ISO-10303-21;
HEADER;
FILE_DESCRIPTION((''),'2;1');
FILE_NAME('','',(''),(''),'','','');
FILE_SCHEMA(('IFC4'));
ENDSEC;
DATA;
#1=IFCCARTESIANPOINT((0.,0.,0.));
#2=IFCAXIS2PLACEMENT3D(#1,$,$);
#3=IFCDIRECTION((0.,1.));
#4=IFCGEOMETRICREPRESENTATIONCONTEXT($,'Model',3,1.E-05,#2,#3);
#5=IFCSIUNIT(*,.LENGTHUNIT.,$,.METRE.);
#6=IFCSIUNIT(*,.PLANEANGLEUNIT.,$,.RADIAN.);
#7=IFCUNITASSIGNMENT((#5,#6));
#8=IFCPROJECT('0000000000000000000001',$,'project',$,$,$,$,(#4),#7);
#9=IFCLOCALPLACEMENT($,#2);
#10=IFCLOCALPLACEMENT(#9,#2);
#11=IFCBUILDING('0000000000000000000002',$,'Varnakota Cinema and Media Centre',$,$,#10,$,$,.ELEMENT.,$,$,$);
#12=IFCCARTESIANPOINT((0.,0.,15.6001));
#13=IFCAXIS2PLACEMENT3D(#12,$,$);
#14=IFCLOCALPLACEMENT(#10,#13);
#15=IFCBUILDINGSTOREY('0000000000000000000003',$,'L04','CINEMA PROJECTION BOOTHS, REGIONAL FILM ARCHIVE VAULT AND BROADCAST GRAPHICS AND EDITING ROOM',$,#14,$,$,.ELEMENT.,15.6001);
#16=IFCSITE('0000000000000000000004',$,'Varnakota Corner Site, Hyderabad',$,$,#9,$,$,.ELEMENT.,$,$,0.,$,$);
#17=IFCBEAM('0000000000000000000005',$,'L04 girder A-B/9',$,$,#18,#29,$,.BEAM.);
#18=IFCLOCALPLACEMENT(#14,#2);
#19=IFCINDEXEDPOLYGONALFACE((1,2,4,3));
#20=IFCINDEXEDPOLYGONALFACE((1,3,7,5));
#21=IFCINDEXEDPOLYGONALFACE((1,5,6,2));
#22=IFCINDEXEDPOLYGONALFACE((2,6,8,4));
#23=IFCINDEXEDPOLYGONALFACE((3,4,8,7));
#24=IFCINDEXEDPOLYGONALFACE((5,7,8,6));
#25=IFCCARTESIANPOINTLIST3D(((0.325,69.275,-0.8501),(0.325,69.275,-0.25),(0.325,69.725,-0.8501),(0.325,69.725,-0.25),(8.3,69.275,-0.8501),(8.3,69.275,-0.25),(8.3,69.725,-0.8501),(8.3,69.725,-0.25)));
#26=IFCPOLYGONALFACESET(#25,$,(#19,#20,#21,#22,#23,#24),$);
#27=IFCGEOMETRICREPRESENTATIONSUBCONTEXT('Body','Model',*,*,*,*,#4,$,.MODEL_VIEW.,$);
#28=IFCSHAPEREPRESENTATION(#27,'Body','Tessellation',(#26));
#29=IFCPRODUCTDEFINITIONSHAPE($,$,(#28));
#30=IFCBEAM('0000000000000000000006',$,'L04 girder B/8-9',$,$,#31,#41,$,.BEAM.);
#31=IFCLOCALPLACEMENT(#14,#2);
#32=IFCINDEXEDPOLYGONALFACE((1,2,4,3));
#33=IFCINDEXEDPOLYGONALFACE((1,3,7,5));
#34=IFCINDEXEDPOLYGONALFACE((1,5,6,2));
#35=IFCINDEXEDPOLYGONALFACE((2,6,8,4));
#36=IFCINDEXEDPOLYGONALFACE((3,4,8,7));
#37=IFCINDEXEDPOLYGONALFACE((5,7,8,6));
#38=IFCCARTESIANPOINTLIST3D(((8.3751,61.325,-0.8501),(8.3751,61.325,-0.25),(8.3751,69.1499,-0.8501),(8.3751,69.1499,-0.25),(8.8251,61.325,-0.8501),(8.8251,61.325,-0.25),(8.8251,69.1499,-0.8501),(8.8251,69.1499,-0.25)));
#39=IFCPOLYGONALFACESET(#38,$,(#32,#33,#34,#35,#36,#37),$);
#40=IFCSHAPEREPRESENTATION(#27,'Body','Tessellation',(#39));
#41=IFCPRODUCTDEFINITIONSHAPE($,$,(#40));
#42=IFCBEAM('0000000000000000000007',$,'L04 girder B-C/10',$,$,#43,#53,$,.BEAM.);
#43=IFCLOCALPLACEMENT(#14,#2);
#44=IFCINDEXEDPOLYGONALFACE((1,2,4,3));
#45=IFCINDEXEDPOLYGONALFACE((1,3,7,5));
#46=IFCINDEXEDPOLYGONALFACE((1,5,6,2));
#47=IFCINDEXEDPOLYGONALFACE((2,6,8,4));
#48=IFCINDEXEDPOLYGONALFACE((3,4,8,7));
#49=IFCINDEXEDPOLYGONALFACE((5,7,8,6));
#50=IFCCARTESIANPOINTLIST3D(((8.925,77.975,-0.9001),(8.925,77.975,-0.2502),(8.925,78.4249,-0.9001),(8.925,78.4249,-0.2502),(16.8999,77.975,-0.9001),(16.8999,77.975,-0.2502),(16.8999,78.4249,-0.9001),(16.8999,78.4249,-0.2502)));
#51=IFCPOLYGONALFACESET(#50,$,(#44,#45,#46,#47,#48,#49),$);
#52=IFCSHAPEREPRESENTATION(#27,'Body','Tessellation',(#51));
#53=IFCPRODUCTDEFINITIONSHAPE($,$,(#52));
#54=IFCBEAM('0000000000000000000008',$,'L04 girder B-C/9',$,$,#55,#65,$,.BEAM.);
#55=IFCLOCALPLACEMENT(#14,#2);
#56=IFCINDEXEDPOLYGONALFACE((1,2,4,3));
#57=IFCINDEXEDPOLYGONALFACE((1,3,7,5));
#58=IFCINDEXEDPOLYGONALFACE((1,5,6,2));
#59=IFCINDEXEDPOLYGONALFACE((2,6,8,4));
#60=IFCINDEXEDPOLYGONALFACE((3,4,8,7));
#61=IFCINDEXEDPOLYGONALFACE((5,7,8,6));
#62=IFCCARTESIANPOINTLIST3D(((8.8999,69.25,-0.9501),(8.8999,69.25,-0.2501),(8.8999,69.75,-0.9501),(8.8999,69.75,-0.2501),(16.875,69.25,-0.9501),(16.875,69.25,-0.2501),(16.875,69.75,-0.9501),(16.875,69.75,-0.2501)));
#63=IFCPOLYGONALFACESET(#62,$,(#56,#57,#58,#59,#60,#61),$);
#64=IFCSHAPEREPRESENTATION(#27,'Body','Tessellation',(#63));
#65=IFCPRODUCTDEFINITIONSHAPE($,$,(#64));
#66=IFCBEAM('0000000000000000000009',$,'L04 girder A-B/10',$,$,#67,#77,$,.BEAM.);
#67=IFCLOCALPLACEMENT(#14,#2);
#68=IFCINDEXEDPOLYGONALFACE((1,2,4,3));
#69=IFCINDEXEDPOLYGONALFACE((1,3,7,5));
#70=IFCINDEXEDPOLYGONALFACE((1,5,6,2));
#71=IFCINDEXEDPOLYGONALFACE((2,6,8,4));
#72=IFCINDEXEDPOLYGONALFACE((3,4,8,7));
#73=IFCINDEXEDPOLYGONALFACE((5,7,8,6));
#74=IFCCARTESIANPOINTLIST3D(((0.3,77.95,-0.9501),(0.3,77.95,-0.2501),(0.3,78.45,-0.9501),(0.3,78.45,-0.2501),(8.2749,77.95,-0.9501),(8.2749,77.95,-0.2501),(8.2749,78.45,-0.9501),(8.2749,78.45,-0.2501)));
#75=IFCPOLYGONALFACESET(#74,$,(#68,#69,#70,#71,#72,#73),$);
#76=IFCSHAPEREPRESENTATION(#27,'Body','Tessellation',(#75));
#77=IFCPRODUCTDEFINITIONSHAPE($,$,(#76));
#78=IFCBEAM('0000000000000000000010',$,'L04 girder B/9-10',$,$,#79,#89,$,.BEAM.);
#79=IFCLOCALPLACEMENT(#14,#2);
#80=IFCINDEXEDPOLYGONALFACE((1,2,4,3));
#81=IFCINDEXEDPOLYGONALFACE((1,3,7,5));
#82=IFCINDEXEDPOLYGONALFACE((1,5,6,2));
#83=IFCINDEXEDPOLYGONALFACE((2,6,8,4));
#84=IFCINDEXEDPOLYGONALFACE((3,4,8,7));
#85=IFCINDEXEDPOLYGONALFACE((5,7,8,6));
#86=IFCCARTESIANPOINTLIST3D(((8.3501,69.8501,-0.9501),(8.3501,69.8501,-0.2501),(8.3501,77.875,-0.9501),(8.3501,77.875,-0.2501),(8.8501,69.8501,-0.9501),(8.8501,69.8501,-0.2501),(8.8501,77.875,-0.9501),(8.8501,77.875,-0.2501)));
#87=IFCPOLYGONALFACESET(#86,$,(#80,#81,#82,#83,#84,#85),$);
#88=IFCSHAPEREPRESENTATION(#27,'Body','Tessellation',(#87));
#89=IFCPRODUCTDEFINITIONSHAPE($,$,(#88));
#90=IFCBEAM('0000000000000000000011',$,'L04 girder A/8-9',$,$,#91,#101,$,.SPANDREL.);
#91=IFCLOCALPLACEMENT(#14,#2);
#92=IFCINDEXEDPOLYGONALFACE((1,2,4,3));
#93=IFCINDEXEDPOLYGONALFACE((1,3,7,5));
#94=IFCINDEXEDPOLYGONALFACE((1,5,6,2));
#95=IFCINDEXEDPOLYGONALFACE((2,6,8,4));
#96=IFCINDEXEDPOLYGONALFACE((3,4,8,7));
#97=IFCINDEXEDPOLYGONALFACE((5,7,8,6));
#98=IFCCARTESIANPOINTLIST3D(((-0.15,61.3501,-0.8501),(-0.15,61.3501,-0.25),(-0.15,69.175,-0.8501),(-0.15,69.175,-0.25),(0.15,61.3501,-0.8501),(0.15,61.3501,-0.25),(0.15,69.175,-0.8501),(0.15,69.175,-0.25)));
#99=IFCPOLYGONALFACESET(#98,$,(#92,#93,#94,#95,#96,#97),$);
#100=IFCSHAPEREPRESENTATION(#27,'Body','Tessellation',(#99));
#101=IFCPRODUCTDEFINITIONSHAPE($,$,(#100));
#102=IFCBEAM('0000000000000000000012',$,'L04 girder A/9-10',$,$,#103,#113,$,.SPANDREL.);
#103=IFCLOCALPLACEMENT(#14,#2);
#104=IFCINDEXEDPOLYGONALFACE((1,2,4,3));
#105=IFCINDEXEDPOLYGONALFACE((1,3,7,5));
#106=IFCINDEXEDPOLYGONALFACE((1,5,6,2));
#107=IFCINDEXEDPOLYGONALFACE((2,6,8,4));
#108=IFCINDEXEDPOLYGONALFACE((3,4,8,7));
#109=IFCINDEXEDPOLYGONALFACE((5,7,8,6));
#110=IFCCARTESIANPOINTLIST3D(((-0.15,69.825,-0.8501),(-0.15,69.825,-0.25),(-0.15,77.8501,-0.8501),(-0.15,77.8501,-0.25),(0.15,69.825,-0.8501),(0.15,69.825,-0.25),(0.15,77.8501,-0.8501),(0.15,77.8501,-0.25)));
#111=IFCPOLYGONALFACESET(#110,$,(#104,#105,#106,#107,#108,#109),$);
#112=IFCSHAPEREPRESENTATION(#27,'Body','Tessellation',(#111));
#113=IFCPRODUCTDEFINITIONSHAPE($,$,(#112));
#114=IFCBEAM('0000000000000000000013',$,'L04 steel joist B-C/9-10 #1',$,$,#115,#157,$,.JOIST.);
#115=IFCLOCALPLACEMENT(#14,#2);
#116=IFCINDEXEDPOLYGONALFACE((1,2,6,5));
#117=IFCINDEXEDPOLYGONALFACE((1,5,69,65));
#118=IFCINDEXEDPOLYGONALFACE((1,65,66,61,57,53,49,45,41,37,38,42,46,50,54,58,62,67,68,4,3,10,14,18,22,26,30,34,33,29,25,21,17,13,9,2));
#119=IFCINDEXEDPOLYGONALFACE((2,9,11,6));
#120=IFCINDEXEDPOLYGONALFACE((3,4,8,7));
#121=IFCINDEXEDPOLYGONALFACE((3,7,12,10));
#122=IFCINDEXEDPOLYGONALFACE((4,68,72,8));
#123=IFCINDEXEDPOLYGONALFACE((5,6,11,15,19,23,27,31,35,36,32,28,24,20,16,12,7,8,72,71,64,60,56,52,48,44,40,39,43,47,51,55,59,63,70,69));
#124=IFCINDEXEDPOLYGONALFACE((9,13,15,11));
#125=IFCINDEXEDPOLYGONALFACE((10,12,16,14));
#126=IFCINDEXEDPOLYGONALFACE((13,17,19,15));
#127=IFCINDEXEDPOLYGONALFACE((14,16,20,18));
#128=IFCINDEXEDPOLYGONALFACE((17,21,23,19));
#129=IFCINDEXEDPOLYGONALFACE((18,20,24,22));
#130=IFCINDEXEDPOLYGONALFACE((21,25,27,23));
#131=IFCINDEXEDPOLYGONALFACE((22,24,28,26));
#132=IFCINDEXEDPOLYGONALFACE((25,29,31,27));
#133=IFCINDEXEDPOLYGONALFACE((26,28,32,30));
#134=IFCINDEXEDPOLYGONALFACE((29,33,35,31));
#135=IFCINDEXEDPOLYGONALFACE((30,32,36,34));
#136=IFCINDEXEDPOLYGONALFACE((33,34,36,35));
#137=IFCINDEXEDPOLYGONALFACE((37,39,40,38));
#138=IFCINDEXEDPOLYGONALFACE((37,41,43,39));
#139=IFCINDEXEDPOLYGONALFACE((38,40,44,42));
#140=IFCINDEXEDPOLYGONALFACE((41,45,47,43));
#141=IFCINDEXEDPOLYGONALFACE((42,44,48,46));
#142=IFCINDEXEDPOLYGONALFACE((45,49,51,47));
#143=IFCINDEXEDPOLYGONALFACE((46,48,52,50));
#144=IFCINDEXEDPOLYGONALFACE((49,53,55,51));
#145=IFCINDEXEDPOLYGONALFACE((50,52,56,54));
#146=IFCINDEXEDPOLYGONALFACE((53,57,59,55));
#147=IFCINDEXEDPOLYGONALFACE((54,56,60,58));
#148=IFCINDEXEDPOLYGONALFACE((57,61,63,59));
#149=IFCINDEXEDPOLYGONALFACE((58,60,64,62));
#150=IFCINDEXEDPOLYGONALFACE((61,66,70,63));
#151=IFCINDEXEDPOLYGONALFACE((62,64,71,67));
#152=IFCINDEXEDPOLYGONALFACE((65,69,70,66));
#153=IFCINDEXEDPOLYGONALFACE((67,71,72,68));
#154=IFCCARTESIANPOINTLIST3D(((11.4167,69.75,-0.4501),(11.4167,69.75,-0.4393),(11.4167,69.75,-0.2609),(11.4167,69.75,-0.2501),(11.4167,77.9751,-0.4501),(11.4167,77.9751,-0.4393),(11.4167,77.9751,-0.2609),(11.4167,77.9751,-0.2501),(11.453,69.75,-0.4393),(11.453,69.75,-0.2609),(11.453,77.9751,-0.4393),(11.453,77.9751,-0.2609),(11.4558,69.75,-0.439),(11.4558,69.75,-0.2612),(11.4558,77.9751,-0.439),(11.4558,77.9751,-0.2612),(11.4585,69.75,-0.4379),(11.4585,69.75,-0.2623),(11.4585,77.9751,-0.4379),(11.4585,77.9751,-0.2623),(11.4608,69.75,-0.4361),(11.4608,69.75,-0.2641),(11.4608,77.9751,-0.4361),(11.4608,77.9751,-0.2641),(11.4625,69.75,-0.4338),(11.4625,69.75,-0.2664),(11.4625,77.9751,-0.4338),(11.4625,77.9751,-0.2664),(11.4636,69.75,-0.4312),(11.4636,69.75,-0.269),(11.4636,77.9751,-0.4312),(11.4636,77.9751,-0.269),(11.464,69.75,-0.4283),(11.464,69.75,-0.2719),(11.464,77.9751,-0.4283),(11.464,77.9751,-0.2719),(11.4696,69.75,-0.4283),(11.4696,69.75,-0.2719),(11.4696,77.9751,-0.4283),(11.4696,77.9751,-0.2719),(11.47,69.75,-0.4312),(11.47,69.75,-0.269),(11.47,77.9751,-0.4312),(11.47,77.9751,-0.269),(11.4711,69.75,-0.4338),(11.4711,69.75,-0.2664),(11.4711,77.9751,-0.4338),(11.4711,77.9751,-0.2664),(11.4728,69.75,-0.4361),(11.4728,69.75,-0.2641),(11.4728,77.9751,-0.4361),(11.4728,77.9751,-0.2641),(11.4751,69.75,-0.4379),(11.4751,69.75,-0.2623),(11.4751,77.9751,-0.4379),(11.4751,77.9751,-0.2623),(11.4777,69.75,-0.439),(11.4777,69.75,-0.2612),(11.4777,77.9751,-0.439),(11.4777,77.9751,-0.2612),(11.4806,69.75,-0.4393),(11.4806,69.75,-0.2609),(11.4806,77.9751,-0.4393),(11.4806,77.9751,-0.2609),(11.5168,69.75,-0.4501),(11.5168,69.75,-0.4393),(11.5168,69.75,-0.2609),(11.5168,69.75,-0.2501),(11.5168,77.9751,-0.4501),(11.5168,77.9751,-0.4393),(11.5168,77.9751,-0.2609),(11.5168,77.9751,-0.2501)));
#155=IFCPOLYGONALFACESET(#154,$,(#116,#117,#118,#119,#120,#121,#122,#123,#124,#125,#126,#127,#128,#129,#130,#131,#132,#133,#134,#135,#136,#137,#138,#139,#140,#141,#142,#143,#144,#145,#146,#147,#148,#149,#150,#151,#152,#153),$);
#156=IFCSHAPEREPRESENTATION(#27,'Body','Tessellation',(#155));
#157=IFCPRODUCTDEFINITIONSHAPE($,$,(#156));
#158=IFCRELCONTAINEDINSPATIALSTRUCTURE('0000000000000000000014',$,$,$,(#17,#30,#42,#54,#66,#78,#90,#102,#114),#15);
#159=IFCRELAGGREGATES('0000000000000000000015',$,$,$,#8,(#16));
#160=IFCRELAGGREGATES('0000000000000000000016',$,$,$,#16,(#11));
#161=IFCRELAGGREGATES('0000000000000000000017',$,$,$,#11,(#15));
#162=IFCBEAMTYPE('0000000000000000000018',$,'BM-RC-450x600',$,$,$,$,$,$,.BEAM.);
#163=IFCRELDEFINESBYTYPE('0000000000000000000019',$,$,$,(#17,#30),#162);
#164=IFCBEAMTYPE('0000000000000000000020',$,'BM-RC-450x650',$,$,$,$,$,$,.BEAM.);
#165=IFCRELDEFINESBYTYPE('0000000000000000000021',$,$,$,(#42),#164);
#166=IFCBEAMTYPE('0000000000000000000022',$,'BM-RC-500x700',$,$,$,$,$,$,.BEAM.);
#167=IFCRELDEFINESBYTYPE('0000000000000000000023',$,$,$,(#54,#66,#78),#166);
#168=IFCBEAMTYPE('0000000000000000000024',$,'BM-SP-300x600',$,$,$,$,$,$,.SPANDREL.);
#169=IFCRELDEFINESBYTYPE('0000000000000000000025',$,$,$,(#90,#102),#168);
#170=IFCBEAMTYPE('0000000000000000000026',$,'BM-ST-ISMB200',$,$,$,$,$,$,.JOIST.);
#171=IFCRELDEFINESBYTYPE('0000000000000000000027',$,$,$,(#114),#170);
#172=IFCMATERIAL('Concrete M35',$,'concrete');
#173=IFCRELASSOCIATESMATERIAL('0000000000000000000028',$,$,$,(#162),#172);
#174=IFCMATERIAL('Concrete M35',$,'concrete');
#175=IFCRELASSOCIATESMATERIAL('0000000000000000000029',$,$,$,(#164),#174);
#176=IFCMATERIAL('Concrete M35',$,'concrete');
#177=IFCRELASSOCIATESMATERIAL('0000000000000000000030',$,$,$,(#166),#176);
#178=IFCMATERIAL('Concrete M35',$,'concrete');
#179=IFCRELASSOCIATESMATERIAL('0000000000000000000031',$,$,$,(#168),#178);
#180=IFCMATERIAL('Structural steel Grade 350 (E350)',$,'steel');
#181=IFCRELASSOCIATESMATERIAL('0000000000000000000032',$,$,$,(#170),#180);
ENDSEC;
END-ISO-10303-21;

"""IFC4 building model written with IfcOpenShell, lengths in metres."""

from ifc_helpers import new_model, si_unit, direction, frame, origin, origin_2d, place, context, subcontext, project, spatial, rectangle, i_section, extrude, material, material_profile, profile_set, type_object, element, save


model = new_model("IFC4")

# Units and contexts
model_context = context("Model", 3, precision=1e-05, world=origin(), true_north=direction((0.0, 1.0)))
body_context = subcontext(model_context, "Body", "Model", "MODEL_VIEW")
ifc_project = project(units=[si_unit("LENGTHUNIT", "METRE"), si_unit("PLANEANGLEUNIT", "RADIAN")], contexts=[model_context])

# Site, building, storey
site_placement = place(None, origin())
site = spatial("IfcSite", under=ifc_project, at=site_placement, Name="Varnakota Corner Site, Hyderabad", CompositionType="ELEMENT", RefElevation=0.0)
building_placement = place(site_placement, origin())
building = spatial("IfcBuilding", under=site, at=building_placement, Name="Varnakota Cinema and Media Centre", CompositionType="ELEMENT")
storey_placement = place(building_placement, frame((0.0, 0.0, 15.6001)))
storey = spatial("IfcBuildingStorey", under=building, at=storey_placement, Name="L04", Description="CINEMA PROJECTION BOOTHS, REGIONAL FILM ARCHIVE VAULT AND BROADCAST GRAPHICS AND EDITING ROOM", CompositionType="ELEMENT", Elevation=15.6001)

# Beams
ifc_material_1 = material(Name="Concrete M35", Category="concrete")
ifc_material_profile_1 = material_profile(ifc_material_1, rectangle(XDim=0.45, YDim=0.6001, at=origin_2d()), Name="RCB 450x600")
ifc_profile_set_1 = profile_set([ifc_material_profile_1], Name="Concrete M35")
beam_type_1 = type_object("IfcBeamType", Name="BM-RC-450x600", PredefinedType="BEAM", material=ifc_profile_set_1)
beam_1_placement = place(storey_placement, frame((0.325, 69.5, -0.55), z_axis=(1.0, 0.0, 0.0), x_axis=(0.0, 1.0, 0.0)))
element("IfcBeam", 1, at=beam_1_placement, inside=storey, type_object=beam_type_1, Name="L04 girder A-B/9", PredefinedType="BEAM", context=body_context, shape_type="SweptSolid", body=[
    extrude(rectangle(XDim=0.45, YDim=0.6001, at=origin_2d()), origin(), (0.0, 0.0, 1.0), 7.9751),
])
beam_2_placement = place(storey_placement, frame((8.6001, 61.325, -0.55), z_axis=(0.0, 1.0, 0.0), x_axis=(-1.0, 0.0, 0.0)))
element("IfcBeam", 2, at=beam_2_placement, inside=storey, type_object=beam_type_1, Name="L04 girder B/8-9", PredefinedType="BEAM", context=body_context, shape_type="SweptSolid", body=[
    extrude(rectangle(XDim=0.45, YDim=0.6001, at=origin_2d()), origin(), (0.0, 0.0, 1.0), 7.825),
])
ifc_material_2 = material(Name="Concrete M35", Category="concrete")
ifc_material_profile_2 = material_profile(ifc_material_2, rectangle(XDim=0.45, YDim=0.6499, at=origin_2d()), Name="RCB 450x650")
ifc_profile_set_2 = profile_set([ifc_material_profile_2], Name="Concrete M35")
beam_type_2 = type_object("IfcBeamType", Name="BM-RC-450x650", PredefinedType="BEAM", material=ifc_profile_set_2)
beam_3_placement = place(storey_placement, frame((8.925, 78.2, -0.5752), z_axis=(1.0, 0.0, 0.0), x_axis=(0.0, 1.0, 0.0)))
element("IfcBeam", 3, at=beam_3_placement, inside=storey, type_object=beam_type_2, Name="L04 girder B-C/10", PredefinedType="BEAM", context=body_context, shape_type="SweptSolid", body=[
    extrude(rectangle(XDim=0.45, YDim=0.6499, at=origin_2d()), origin(), (0.0, 0.0, 1.0), 7.9749),
])
ifc_material_3 = material(Name="Concrete M35", Category="concrete")
ifc_material_profile_3 = material_profile(ifc_material_3, rectangle(XDim=0.5, YDim=0.7, at=origin_2d()), Name="RCB 500x700")
ifc_profile_set_3 = profile_set([ifc_material_profile_3], Name="Concrete M35")
beam_type_3 = type_object("IfcBeamType", Name="BM-RC-500x700", PredefinedType="BEAM", material=ifc_profile_set_3)
beam_4_placement = place(storey_placement, frame((8.8999, 69.5, -0.6001), z_axis=(1.0, 0.0, 0.0), x_axis=(0.0, 1.0, 0.0)))
element("IfcBeam", 4, at=beam_4_placement, inside=storey, type_object=beam_type_3, Name="L04 girder B-C/9", PredefinedType="BEAM", context=body_context, shape_type="SweptSolid", body=[
    extrude(rectangle(XDim=0.5, YDim=0.7, at=origin_2d()), origin(), (0.0, 0.0, 1.0), 7.9751),
])
beam_5_placement = place(storey_placement, frame((0.3, 78.2, -0.6001), z_axis=(1.0, 0.0, 0.0), x_axis=(0.0, 1.0, 0.0)))
element("IfcBeam", 5, at=beam_5_placement, inside=storey, type_object=beam_type_3, Name="L04 girder A-B/10", PredefinedType="BEAM", context=body_context, shape_type="SweptSolid", body=[
    extrude(rectangle(XDim=0.5, YDim=0.7, at=origin_2d()), origin(), (0.0, 0.0, 1.0), 7.9749),
])
beam_6_placement = place(storey_placement, frame((8.6001, 69.8501, -0.6001), z_axis=(0.0, 1.0, 0.0), x_axis=(-1.0, 0.0, 0.0)))
element("IfcBeam", 6, at=beam_6_placement, inside=storey, type_object=beam_type_3, Name="L04 girder B/9-10", PredefinedType="BEAM", context=body_context, shape_type="SweptSolid", body=[
    extrude(rectangle(XDim=0.5, YDim=0.7, at=origin_2d()), origin(), (0.0, 0.0, 1.0), 8.0249),
])
ifc_material_4 = material(Name="Concrete M35", Category="concrete")
ifc_material_profile_4 = material_profile(ifc_material_4, rectangle(XDim=0.3, YDim=0.6001, at=origin_2d()), Name="RCB 300x600")
ifc_profile_set_4 = profile_set([ifc_material_profile_4], Name="Concrete M35")
beam_type_4 = type_object("IfcBeamType", Name="BM-SP-300x600", PredefinedType="SPANDREL", material=ifc_profile_set_4)
beam_7_placement = place(storey_placement, frame((0.0, 61.3501, -0.55), z_axis=(0.0, 1.0, 0.0), x_axis=(-1.0, 0.0, 0.0)))
element("IfcBeam", 7, at=beam_7_placement, inside=storey, type_object=beam_type_4, Name="L04 girder A/8-9", PredefinedType="SPANDREL", context=body_context, shape_type="SweptSolid", body=[
    extrude(rectangle(XDim=0.3, YDim=0.6001, at=origin_2d()), origin(), (0.0, 0.0, 1.0), 7.825),
])
beam_8_placement = place(storey_placement, frame((0.0, 69.825, -0.55), z_axis=(0.0, 1.0, 0.0), x_axis=(-1.0, 0.0, 0.0)))
element("IfcBeam", 8, at=beam_8_placement, inside=storey, type_object=beam_type_4, Name="L04 girder A/9-10", PredefinedType="SPANDREL", context=body_context, shape_type="SweptSolid", body=[
    extrude(rectangle(XDim=0.3, YDim=0.6001, at=origin_2d()), origin(), (0.0, 0.0, 1.0), 8.0251),
])
ifc_material_5 = material(Name="Structural steel Grade 350 (E350)", Category="steel")
ifc_material_profile_5 = material_profile(ifc_material_5, i_section(OverallWidth=0.1001, OverallDepth=0.2, WebThickness=0.0056, FlangeThickness=0.0107, FilletRadius=0.011, at=origin_2d()), Name="ISMB 200")
ifc_profile_set_5 = profile_set([ifc_material_profile_5], Name="Structural steel Grade 350 (E350)")
beam_type_5 = type_object("IfcBeamType", Name="BM-ST-ISMB200", PredefinedType="JOIST", material=ifc_profile_set_5)
beam_9_placement = place(storey_placement, frame((11.4668, 69.75, -0.3501), z_axis=(0.0, 1.0, 0.0), x_axis=(-1.0, 0.0, 0.0)))
element("IfcBeam", 9, at=beam_9_placement, inside=storey, type_object=beam_type_5, Name="L04 steel joist B-C/9-10 #1", PredefinedType="JOIST", context=body_context, shape_type="SweptSolid", body=[
    extrude(i_section(OverallWidth=0.1001, OverallDepth=0.2, WebThickness=0.0056, FlangeThickness=0.0107, FilletRadius=0.011, at=origin_2d()), origin(), (0.0, 0.0, 1.0), 8.2251),
])

save(model, "model.ifc")
